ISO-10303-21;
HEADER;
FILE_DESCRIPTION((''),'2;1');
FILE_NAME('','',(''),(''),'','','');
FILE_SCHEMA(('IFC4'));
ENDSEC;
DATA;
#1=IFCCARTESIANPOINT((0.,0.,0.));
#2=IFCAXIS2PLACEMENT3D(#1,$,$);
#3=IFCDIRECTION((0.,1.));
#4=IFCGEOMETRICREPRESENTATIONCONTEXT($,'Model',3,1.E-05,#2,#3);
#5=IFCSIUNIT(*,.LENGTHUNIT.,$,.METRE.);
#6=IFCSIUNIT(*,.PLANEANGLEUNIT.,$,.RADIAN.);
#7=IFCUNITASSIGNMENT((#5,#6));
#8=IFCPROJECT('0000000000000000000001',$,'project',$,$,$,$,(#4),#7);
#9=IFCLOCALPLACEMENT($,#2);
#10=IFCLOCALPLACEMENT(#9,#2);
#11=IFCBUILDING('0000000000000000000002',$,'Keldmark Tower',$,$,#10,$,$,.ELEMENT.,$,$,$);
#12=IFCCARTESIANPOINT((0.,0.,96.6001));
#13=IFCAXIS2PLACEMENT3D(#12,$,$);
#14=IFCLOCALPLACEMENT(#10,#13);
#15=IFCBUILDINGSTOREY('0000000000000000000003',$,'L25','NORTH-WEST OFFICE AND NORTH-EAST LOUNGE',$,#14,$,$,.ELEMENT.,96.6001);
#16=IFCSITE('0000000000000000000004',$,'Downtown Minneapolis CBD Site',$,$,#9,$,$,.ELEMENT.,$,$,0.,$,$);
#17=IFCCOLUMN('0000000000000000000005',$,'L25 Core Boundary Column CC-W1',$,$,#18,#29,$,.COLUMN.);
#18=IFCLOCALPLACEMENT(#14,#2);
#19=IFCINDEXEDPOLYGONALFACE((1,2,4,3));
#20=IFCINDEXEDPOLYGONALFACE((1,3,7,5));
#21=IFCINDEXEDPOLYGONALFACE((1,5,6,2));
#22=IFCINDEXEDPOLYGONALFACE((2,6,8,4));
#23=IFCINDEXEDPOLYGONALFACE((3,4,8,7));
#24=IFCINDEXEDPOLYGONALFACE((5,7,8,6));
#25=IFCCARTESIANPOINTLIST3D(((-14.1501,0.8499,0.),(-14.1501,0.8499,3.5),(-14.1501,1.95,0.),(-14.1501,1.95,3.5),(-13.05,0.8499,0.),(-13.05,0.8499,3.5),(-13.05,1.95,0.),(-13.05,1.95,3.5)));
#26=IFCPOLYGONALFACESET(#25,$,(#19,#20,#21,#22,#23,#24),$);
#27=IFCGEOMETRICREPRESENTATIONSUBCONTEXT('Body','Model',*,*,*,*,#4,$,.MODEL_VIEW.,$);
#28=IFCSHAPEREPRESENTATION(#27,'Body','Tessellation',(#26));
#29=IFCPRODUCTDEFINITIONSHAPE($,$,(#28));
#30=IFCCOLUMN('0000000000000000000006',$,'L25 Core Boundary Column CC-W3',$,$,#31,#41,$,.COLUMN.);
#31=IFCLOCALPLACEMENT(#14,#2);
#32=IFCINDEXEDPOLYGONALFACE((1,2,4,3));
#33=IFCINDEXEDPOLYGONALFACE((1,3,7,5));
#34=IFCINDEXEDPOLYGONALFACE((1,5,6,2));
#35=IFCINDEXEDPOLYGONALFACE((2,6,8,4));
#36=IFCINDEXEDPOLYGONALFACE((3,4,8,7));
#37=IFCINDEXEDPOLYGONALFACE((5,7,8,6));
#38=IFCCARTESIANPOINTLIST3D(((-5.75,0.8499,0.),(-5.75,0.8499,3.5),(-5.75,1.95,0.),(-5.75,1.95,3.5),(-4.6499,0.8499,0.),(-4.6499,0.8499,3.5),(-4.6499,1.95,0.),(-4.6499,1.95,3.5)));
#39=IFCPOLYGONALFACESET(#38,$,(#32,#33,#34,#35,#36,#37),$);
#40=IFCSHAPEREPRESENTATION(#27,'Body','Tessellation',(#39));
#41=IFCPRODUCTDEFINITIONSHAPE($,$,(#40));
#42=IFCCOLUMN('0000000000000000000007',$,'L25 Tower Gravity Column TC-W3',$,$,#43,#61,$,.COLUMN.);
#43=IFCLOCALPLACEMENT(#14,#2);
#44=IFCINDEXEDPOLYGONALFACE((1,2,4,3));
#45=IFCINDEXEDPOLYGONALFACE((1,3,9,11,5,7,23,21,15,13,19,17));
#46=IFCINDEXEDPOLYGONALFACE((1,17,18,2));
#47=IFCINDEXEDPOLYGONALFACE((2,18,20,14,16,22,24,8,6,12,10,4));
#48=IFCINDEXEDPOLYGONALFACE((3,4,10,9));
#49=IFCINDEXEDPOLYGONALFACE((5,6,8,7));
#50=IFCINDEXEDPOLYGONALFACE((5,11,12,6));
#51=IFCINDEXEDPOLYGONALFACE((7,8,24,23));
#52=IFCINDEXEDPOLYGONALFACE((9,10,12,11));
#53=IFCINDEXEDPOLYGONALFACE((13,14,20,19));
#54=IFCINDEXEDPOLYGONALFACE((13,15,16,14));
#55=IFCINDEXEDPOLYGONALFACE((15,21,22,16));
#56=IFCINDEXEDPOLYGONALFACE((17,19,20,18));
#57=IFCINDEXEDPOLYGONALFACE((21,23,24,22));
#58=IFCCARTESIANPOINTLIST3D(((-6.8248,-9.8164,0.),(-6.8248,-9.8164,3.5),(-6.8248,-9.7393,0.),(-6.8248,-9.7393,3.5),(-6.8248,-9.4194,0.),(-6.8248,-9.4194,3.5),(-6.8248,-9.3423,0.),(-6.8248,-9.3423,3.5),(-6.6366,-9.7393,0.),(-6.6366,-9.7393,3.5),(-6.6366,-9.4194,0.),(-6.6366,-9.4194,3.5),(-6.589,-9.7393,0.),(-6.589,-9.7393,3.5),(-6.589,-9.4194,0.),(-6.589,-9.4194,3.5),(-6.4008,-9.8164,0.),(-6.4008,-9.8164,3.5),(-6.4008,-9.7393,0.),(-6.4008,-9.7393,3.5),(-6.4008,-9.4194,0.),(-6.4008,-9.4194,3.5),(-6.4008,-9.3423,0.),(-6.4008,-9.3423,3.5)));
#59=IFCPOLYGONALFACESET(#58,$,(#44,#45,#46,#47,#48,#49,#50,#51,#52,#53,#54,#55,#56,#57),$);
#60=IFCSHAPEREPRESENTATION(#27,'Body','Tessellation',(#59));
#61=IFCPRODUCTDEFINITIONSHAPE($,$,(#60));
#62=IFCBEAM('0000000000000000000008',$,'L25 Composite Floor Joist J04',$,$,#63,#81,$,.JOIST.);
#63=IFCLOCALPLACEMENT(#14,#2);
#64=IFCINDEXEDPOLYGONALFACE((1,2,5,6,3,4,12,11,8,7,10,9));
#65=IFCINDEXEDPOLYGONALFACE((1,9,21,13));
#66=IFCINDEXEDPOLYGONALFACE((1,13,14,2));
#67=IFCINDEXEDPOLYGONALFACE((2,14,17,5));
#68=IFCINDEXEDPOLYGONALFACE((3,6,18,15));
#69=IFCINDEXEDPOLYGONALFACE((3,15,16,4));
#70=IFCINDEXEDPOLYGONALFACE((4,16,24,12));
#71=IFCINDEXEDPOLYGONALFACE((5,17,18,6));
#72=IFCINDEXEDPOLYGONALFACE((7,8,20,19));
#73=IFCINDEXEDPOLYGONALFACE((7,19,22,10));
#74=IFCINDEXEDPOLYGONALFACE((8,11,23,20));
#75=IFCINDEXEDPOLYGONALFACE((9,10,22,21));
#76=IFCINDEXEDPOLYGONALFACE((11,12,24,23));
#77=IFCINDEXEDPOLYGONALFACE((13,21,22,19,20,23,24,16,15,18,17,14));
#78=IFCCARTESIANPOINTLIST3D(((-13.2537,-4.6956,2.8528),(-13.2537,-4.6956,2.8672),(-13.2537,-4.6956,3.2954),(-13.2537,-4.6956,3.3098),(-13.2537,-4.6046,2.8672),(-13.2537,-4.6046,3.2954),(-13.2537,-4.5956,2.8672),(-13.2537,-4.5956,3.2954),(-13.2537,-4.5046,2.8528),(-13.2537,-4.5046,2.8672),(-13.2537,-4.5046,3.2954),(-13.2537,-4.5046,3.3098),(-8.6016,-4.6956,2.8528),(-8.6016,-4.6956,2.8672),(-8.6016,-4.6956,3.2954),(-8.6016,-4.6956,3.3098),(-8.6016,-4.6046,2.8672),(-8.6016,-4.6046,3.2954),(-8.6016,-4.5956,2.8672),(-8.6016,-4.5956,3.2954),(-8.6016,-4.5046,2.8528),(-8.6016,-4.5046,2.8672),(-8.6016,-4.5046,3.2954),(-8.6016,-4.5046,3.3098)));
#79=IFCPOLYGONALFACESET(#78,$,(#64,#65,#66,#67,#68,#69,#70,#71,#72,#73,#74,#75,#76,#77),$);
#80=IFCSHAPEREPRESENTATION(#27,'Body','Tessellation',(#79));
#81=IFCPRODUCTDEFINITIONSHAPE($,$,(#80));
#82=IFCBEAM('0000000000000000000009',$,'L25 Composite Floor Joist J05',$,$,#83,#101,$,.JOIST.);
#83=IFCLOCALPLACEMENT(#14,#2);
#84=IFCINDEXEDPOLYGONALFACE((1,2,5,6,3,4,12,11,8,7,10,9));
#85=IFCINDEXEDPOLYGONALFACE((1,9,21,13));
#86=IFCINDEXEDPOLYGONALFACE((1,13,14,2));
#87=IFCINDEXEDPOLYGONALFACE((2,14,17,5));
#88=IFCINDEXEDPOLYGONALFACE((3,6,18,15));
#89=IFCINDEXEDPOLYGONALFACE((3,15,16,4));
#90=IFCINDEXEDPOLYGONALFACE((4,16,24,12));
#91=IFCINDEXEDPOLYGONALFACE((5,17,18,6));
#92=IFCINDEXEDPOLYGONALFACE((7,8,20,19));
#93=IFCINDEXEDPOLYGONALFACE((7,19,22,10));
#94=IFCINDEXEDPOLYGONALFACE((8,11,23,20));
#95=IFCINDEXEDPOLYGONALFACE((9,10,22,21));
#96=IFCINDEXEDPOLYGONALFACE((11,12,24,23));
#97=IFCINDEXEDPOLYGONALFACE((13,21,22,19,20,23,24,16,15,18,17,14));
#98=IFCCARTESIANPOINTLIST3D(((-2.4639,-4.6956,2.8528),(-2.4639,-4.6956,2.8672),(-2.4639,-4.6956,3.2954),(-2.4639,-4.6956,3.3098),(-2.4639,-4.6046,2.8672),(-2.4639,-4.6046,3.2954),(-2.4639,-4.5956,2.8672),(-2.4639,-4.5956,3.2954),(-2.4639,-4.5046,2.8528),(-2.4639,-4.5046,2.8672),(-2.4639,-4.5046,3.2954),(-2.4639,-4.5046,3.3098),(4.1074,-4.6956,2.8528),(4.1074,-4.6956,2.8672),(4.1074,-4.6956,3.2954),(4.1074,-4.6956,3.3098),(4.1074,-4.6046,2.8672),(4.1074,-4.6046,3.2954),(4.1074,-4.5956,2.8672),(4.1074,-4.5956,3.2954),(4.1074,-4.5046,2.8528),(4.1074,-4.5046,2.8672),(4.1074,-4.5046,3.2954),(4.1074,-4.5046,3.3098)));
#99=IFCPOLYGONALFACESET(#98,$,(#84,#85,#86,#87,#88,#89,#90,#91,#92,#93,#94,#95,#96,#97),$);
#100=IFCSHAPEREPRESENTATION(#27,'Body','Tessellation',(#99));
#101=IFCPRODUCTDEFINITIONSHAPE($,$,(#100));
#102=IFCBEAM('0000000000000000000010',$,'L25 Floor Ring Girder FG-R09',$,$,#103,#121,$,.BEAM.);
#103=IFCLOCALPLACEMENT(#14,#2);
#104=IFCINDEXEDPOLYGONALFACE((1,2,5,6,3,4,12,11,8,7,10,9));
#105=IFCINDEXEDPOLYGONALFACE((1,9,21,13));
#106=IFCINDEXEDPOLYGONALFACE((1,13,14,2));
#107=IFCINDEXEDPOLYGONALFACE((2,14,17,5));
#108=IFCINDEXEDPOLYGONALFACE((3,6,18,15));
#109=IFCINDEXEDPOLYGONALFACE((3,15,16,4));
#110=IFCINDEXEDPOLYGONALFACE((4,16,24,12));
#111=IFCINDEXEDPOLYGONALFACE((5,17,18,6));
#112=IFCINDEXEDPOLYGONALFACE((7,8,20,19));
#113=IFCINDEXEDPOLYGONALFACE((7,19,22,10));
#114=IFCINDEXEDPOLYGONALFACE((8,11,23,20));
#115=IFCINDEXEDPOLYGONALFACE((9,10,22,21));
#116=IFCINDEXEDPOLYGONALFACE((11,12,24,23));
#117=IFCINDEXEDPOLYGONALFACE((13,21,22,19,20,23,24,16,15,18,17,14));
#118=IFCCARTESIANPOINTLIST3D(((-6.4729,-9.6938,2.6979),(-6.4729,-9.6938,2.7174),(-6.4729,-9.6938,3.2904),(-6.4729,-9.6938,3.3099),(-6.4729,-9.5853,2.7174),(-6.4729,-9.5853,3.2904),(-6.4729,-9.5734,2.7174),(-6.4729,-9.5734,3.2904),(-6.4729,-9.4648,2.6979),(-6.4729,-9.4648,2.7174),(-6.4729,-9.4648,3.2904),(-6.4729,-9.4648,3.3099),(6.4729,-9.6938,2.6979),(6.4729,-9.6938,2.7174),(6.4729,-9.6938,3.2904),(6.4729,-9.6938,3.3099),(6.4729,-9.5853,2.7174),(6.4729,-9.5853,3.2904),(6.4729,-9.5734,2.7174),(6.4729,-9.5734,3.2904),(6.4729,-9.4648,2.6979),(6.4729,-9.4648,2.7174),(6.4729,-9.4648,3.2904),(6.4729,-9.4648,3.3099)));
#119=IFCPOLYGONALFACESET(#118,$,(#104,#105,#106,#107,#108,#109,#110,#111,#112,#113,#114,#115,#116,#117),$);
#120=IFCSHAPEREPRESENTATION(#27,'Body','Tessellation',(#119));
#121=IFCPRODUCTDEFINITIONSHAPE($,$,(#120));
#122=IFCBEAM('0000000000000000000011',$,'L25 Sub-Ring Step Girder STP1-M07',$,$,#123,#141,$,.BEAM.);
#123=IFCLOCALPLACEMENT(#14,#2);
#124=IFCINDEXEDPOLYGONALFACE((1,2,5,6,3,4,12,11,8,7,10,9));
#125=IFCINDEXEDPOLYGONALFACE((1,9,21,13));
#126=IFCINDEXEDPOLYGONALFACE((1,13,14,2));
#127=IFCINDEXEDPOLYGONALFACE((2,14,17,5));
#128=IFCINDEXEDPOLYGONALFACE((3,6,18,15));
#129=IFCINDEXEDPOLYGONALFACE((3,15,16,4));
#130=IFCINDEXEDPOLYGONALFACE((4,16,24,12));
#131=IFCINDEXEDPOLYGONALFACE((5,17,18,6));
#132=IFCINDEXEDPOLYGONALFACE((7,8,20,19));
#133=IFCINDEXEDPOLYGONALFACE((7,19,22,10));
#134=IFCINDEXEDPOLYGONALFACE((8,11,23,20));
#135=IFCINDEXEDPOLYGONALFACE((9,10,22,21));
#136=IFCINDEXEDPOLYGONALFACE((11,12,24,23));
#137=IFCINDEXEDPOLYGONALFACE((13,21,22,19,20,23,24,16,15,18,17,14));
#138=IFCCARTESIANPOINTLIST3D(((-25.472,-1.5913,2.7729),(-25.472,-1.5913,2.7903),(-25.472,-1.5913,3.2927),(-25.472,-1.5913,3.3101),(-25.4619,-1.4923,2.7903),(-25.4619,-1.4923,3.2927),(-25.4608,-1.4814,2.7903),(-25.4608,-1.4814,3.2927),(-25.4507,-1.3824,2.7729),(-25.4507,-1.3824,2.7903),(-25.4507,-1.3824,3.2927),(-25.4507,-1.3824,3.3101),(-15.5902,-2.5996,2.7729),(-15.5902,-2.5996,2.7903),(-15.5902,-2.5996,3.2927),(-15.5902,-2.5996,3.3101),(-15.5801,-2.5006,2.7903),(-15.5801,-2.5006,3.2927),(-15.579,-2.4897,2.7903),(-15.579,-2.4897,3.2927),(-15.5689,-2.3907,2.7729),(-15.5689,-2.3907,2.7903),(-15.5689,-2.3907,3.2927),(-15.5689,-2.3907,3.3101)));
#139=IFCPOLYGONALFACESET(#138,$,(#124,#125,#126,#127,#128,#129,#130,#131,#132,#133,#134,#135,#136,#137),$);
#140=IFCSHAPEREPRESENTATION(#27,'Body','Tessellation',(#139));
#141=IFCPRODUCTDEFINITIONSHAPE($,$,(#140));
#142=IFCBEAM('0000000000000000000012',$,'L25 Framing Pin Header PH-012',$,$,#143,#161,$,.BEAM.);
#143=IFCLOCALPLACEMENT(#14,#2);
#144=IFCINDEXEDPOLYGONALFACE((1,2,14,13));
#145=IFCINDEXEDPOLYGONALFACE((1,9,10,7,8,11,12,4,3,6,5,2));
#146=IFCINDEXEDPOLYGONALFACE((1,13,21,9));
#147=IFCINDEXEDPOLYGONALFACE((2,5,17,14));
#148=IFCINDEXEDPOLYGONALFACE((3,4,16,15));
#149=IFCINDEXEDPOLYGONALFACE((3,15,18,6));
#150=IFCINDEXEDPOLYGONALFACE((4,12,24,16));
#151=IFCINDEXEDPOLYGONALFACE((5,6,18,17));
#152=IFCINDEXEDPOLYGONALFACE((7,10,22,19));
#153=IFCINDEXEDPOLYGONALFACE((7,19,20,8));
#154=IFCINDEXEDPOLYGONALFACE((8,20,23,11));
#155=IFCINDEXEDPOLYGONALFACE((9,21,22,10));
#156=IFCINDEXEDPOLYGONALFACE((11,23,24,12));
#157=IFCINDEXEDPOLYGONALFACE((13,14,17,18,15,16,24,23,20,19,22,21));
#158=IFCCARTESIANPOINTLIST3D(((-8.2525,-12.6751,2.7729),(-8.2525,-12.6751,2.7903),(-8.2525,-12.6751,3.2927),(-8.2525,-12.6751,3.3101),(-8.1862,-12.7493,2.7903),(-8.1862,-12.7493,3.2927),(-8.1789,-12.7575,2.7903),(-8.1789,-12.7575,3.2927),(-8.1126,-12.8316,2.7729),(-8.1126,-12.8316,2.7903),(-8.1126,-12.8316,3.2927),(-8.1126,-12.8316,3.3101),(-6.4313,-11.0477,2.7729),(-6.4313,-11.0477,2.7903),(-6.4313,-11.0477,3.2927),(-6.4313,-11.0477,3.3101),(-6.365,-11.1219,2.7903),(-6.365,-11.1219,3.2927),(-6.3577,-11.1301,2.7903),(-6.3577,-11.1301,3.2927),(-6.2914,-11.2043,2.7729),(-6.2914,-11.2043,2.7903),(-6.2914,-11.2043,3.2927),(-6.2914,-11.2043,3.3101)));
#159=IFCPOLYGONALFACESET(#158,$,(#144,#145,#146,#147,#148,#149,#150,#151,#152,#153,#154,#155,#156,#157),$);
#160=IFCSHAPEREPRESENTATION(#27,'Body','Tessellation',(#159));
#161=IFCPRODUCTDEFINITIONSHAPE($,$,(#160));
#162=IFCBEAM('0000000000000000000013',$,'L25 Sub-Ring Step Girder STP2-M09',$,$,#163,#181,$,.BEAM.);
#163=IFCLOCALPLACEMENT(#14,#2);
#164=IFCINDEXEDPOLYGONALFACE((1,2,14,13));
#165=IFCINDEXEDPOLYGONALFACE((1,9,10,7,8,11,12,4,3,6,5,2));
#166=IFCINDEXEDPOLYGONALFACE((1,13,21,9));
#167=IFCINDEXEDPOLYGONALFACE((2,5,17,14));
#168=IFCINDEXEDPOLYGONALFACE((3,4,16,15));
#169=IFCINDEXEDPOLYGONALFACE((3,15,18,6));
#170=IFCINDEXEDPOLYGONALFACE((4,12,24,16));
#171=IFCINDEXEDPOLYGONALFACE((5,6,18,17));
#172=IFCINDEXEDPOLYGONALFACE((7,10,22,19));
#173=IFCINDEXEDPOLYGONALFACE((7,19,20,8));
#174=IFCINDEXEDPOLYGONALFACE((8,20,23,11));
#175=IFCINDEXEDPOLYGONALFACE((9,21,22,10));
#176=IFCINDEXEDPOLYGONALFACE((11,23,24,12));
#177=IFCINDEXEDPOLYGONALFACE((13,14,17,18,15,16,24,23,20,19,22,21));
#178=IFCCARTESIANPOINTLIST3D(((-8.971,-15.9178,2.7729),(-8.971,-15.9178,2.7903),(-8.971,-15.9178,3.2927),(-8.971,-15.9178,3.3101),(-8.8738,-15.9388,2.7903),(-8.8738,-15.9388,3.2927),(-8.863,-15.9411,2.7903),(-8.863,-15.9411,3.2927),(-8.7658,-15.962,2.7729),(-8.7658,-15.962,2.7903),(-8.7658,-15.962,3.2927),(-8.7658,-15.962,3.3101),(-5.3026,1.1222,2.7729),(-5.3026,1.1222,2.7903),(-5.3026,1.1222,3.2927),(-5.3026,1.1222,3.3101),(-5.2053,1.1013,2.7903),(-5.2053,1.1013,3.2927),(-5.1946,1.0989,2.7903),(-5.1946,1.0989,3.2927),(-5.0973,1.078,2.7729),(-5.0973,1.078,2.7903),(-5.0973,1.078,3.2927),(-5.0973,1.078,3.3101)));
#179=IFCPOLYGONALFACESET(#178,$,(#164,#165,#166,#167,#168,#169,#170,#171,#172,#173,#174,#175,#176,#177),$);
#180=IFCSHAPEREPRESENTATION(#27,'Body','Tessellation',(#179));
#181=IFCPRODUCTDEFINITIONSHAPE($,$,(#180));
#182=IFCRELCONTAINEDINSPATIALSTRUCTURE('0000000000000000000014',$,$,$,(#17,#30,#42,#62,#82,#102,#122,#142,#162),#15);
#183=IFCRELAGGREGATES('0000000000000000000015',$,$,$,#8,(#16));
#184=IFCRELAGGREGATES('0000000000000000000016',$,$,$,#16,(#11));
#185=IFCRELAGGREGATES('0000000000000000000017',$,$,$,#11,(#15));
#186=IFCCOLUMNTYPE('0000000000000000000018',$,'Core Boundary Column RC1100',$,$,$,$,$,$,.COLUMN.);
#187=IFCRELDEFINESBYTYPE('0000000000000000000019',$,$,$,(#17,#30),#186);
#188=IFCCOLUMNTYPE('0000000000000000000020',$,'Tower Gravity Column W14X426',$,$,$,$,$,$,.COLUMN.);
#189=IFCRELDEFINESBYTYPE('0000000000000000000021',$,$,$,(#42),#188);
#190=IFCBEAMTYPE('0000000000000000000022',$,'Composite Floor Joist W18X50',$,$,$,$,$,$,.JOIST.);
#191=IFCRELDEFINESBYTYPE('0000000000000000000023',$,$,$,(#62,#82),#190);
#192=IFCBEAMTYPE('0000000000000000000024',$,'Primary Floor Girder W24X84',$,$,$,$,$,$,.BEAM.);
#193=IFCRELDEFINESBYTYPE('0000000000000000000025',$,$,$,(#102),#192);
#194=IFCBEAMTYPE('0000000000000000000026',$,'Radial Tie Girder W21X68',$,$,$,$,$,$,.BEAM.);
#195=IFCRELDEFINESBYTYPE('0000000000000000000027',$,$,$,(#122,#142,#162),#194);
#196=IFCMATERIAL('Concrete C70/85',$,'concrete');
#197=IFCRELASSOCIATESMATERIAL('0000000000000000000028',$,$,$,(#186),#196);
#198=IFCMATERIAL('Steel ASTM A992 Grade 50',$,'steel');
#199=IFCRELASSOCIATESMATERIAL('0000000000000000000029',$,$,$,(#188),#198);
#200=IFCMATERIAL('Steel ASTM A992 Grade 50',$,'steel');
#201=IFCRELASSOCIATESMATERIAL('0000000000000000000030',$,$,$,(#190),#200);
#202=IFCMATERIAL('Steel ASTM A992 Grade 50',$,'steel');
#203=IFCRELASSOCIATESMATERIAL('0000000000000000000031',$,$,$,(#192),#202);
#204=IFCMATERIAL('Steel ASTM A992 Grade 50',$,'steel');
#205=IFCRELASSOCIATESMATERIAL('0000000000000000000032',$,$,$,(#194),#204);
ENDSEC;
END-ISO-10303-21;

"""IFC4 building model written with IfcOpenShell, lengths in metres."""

from ifc_helpers import new_model, si_unit, direction, frame, origin, origin_2d, place, context, subcontext, project, spatial, rectangle, i_section, extrude, material, material_profile, profile_set, type_object, element, save


model = new_model("IFC4")

# Units and contexts
model_context = context("Model", 3, precision=1e-05, world=origin(), true_north=direction((0.0, 1.0)))
body_context = subcontext(model_context, "Body", "Model", "MODEL_VIEW")
ifc_project = project(units=[si_unit("LENGTHUNIT", "METRE"), si_unit("PLANEANGLEUNIT", "RADIAN")], contexts=[model_context])

# Site, building, storey
site_placement = place(None, origin())
site = spatial("IfcSite", under=ifc_project, at=site_placement, Name="Downtown Minneapolis CBD Site", CompositionType="ELEMENT", RefElevation=0.0)
building_placement = place(site_placement, origin())
building = spatial("IfcBuilding", under=site, at=building_placement, Name="Keldmark Tower", CompositionType="ELEMENT")
storey_placement = place(building_placement, frame((0.0, 0.0, 96.6001)))
storey = spatial("IfcBuildingStorey", under=building, at=storey_placement, Name="L25", Description="NORTH-WEST OFFICE AND NORTH-EAST LOUNGE", CompositionType="ELEMENT", Elevation=96.6001)

# Columns
ifc_material_1 = material(Name="Concrete C70/85", Category="concrete")
ifc_material_profile_1 = material_profile(ifc_material_1, rectangle(XDim=1.1001, YDim=1.1001, at=origin_2d()), Name="RC1100X1100")
ifc_profile_set_1 = profile_set([ifc_material_profile_1], Name="Concrete C70/85")
column_type_1 = type_object("IfcColumnType", Name="Core Boundary Column RC1100", PredefinedType="COLUMN", material=ifc_profile_set_1)
for number, where, z_axis, x_axis, name in (
    (1, (-13.6001, 1.3999, 0.0), (0.0, 0.0, 1.0), (1.0, 0.0, 0.0), "L25 Core Boundary Column CC-W1"),
    (2, (-5.2, 1.3999, 0.0), (0.0, 0.0, 1.0), (1.0, 0.0, 0.0), "L25 Core Boundary Column CC-W3"),
):
    element("IfcColumn", number, at=place(storey_placement, frame(where, z_axis=z_axis, x_axis=x_axis)), inside=storey, type_object=column_type_1, Name=name, PredefinedType="COLUMN", context=body_context, shape_type="SweptSolid", body=[
        extrude(rectangle(XDim=1.1001, YDim=1.1001, at=origin_2d()), origin(), (0.0, 0.0, 1.0), 3.5),
    ])
ifc_material_2 = material(Name="Steel ASTM A992 Grade 50", Category="steel")
ifc_material_profile_2 = material_profile(ifc_material_2, i_section(OverallWidth=0.4241, OverallDepth=0.4741, WebThickness=0.0476, FlangeThickness=0.0771, at=origin_2d()), Name="W14X426")
ifc_profile_set_2 = profile_set([ifc_material_profile_2], Name="Steel ASTM A992 Grade 50")
column_type_2 = type_object("IfcColumnType", Name="Tower Gravity Column W14X426", PredefinedType="COLUMN", material=ifc_profile_set_2)
column_placement = place(storey_placement, frame((-6.6128, -9.5793, 0.0), z_axis=(0.0, 0.0, 1.0), x_axis=(1.0, 0.0, 0.0)))
element("IfcColumn", 3, at=column_placement, inside=storey, type_object=column_type_2, Name="L25 Tower Gravity Column TC-W3", PredefinedType="COLUMN", context=body_context, shape_type="SweptSolid", body=[
    extrude(i_section(OverallWidth=0.4241, OverallDepth=0.4741, WebThickness=0.0476, FlangeThickness=0.0771, at=origin_2d()), origin(), (0.0, 0.0, 1.0), 3.5),
])

# Beams
ifc_material_3 = material(Name="Steel ASTM A992 Grade 50", Category="steel")
ifc_material_profile_3 = material_profile(ifc_material_3, i_section(OverallWidth=0.1909, OverallDepth=0.457, WebThickness=0.009, FlangeThickness=0.0144, at=origin_2d()), Name="W18X50")
ifc_profile_set_3 = profile_set([ifc_material_profile_3], Name="Steel ASTM A992 Grade 50")
beam_type_1 = type_object("IfcBeamType", Name="Composite Floor Joist W18X50", PredefinedType="JOIST", material=ifc_profile_set_3)
beam_1_placement = place(storey_placement, frame((-13.2537, -4.6001, 3.0813), z_axis=(1.0, 0.0, 0.0), x_axis=(0.0, 1.0, 0.0)))
element("IfcBeam", 4, at=beam_1_placement, inside=storey, type_object=beam_type_1, Name="L25 Composite Floor Joist J04", PredefinedType="JOIST", context=body_context, shape_type="SweptSolid", body=[
    extrude(i_section(OverallWidth=0.1909, OverallDepth=0.457, WebThickness=0.009, FlangeThickness=0.0144, at=origin_2d()), origin(), (0.0, 0.0, 1.0), 4.6521),
])
beam_2_placement = place(storey_placement, frame((-2.4639, -4.6001, 3.0813), z_axis=(1.0, 0.0, 0.0), x_axis=(0.0, 1.0, 0.0)))
element("IfcBeam", 5, at=beam_2_placement, inside=storey, type_object=beam_type_1, Name="L25 Composite Floor Joist J05", PredefinedType="JOIST", context=body_context, shape_type="SweptSolid", body=[
    extrude(i_section(OverallWidth=0.1909, OverallDepth=0.457, WebThickness=0.009, FlangeThickness=0.0144, at=origin_2d()), origin(), (0.0, 0.0, 1.0), 6.5713),
])
ifc_material_4 = material(Name="Steel ASTM A992 Grade 50", Category="steel")
ifc_material_profile_4 = material_profile(ifc_material_4, i_section(OverallWidth=0.229, OverallDepth=0.6121, WebThickness=0.012, FlangeThickness=0.0195, at=origin_2d()), Name="W24X84")
ifc_profile_set_4 = profile_set([ifc_material_profile_4], Name="Steel ASTM A992 Grade 50")
beam_type_2 = type_object("IfcBeamType", Name="Primary Floor Girder W24X84", PredefinedType="BEAM", material=ifc_profile_set_4)
beam_3_placement = place(storey_placement, frame((-6.4729, -9.5793, 3.0039), z_axis=(1.0, 0.0, 0.0), x_axis=(0.0, 1.0, 0.0)))
element("IfcBeam", 6, at=beam_3_placement, inside=storey, type_object=beam_type_2, Name="L25 Floor Ring Girder FG-R09", PredefinedType="BEAM", context=body_context, shape_type="SweptSolid", body=[
    extrude(i_section(OverallWidth=0.229, OverallDepth=0.6121, WebThickness=0.012, FlangeThickness=0.0195, at=origin_2d()), origin(), (0.0, 0.0, 1.0), 12.9458),
])
ifc_material_5 = material(Name="Steel ASTM A992 Grade 50", Category="steel")
ifc_material_profile_5 = material_profile(ifc_material_5, i_section(OverallWidth=0.21, OverallDepth=0.5371, WebThickness=0.011, FlangeThickness=0.0173, at=origin_2d()), Name="W21X68")
ifc_profile_set_5 = profile_set([ifc_material_profile_5], Name="Steel ASTM A992 Grade 50")
beam_type_3 = type_object("IfcBeamType", Name="Radial Tie Girder W21X68", PredefinedType="BEAM", material=ifc_profile_set_5)
beam_4_placement = place(storey_placement, frame((-15.5796, -2.4951, 3.0415), z_axis=(-0.994835, 0.101509, 0.0), x_axis=(-0.101509, -0.994835, 0.0)))
element("IfcBeam", 7, at=beam_4_placement, inside=storey, type_object=beam_type_3, Name="L25 Sub-Ring Step Girder STP1-M07", PredefinedType="BEAM", context=body_context, shape_type="SweptSolid", body=[
    extrude(i_section(OverallWidth=0.21, OverallDepth=0.5371, WebThickness=0.011, FlangeThickness=0.0173, at=origin_2d()), origin(), (0.0, 0.0, 1.0), 9.9331),
])
beam_5_placement = place(storey_placement, frame((-6.3613, -11.126, 3.0415), z_axis=(-0.745675, -0.66631, 0.0), x_axis=(0.66631, -0.745675, 0.0)))
element("IfcBeam", 8, at=beam_5_placement, inside=storey, type_object=beam_type_3, Name="L25 Framing Pin Header PH-012", PredefinedType="BEAM", context=body_context, shape_type="SweptSolid", body=[
    extrude(i_section(OverallWidth=0.21, OverallDepth=0.5371, WebThickness=0.011, FlangeThickness=0.0173, at=origin_2d()), origin(), (0.0, 0.0, 1.0), 2.4424),
])
beam_6_placement = place(storey_placement, frame((-5.2, 1.1001, 3.0415), z_axis=(-0.210463, -0.977602, 0.0), x_axis=(0.977602, -0.210463, 0.0)))
element("IfcBeam", 9, at=beam_6_placement, inside=storey, type_object=beam_type_3, Name="L25 Sub-Ring Step Girder STP2-M09", PredefinedType="BEAM", context=body_context, shape_type="SweptSolid", body=[
    extrude(i_section(OverallWidth=0.21, OverallDepth=0.5371, WebThickness=0.011, FlangeThickness=0.0173, at=origin_2d()), origin(), (0.0, 0.0, 1.0), 17.4304),
])

save(model, "model.ifc")
